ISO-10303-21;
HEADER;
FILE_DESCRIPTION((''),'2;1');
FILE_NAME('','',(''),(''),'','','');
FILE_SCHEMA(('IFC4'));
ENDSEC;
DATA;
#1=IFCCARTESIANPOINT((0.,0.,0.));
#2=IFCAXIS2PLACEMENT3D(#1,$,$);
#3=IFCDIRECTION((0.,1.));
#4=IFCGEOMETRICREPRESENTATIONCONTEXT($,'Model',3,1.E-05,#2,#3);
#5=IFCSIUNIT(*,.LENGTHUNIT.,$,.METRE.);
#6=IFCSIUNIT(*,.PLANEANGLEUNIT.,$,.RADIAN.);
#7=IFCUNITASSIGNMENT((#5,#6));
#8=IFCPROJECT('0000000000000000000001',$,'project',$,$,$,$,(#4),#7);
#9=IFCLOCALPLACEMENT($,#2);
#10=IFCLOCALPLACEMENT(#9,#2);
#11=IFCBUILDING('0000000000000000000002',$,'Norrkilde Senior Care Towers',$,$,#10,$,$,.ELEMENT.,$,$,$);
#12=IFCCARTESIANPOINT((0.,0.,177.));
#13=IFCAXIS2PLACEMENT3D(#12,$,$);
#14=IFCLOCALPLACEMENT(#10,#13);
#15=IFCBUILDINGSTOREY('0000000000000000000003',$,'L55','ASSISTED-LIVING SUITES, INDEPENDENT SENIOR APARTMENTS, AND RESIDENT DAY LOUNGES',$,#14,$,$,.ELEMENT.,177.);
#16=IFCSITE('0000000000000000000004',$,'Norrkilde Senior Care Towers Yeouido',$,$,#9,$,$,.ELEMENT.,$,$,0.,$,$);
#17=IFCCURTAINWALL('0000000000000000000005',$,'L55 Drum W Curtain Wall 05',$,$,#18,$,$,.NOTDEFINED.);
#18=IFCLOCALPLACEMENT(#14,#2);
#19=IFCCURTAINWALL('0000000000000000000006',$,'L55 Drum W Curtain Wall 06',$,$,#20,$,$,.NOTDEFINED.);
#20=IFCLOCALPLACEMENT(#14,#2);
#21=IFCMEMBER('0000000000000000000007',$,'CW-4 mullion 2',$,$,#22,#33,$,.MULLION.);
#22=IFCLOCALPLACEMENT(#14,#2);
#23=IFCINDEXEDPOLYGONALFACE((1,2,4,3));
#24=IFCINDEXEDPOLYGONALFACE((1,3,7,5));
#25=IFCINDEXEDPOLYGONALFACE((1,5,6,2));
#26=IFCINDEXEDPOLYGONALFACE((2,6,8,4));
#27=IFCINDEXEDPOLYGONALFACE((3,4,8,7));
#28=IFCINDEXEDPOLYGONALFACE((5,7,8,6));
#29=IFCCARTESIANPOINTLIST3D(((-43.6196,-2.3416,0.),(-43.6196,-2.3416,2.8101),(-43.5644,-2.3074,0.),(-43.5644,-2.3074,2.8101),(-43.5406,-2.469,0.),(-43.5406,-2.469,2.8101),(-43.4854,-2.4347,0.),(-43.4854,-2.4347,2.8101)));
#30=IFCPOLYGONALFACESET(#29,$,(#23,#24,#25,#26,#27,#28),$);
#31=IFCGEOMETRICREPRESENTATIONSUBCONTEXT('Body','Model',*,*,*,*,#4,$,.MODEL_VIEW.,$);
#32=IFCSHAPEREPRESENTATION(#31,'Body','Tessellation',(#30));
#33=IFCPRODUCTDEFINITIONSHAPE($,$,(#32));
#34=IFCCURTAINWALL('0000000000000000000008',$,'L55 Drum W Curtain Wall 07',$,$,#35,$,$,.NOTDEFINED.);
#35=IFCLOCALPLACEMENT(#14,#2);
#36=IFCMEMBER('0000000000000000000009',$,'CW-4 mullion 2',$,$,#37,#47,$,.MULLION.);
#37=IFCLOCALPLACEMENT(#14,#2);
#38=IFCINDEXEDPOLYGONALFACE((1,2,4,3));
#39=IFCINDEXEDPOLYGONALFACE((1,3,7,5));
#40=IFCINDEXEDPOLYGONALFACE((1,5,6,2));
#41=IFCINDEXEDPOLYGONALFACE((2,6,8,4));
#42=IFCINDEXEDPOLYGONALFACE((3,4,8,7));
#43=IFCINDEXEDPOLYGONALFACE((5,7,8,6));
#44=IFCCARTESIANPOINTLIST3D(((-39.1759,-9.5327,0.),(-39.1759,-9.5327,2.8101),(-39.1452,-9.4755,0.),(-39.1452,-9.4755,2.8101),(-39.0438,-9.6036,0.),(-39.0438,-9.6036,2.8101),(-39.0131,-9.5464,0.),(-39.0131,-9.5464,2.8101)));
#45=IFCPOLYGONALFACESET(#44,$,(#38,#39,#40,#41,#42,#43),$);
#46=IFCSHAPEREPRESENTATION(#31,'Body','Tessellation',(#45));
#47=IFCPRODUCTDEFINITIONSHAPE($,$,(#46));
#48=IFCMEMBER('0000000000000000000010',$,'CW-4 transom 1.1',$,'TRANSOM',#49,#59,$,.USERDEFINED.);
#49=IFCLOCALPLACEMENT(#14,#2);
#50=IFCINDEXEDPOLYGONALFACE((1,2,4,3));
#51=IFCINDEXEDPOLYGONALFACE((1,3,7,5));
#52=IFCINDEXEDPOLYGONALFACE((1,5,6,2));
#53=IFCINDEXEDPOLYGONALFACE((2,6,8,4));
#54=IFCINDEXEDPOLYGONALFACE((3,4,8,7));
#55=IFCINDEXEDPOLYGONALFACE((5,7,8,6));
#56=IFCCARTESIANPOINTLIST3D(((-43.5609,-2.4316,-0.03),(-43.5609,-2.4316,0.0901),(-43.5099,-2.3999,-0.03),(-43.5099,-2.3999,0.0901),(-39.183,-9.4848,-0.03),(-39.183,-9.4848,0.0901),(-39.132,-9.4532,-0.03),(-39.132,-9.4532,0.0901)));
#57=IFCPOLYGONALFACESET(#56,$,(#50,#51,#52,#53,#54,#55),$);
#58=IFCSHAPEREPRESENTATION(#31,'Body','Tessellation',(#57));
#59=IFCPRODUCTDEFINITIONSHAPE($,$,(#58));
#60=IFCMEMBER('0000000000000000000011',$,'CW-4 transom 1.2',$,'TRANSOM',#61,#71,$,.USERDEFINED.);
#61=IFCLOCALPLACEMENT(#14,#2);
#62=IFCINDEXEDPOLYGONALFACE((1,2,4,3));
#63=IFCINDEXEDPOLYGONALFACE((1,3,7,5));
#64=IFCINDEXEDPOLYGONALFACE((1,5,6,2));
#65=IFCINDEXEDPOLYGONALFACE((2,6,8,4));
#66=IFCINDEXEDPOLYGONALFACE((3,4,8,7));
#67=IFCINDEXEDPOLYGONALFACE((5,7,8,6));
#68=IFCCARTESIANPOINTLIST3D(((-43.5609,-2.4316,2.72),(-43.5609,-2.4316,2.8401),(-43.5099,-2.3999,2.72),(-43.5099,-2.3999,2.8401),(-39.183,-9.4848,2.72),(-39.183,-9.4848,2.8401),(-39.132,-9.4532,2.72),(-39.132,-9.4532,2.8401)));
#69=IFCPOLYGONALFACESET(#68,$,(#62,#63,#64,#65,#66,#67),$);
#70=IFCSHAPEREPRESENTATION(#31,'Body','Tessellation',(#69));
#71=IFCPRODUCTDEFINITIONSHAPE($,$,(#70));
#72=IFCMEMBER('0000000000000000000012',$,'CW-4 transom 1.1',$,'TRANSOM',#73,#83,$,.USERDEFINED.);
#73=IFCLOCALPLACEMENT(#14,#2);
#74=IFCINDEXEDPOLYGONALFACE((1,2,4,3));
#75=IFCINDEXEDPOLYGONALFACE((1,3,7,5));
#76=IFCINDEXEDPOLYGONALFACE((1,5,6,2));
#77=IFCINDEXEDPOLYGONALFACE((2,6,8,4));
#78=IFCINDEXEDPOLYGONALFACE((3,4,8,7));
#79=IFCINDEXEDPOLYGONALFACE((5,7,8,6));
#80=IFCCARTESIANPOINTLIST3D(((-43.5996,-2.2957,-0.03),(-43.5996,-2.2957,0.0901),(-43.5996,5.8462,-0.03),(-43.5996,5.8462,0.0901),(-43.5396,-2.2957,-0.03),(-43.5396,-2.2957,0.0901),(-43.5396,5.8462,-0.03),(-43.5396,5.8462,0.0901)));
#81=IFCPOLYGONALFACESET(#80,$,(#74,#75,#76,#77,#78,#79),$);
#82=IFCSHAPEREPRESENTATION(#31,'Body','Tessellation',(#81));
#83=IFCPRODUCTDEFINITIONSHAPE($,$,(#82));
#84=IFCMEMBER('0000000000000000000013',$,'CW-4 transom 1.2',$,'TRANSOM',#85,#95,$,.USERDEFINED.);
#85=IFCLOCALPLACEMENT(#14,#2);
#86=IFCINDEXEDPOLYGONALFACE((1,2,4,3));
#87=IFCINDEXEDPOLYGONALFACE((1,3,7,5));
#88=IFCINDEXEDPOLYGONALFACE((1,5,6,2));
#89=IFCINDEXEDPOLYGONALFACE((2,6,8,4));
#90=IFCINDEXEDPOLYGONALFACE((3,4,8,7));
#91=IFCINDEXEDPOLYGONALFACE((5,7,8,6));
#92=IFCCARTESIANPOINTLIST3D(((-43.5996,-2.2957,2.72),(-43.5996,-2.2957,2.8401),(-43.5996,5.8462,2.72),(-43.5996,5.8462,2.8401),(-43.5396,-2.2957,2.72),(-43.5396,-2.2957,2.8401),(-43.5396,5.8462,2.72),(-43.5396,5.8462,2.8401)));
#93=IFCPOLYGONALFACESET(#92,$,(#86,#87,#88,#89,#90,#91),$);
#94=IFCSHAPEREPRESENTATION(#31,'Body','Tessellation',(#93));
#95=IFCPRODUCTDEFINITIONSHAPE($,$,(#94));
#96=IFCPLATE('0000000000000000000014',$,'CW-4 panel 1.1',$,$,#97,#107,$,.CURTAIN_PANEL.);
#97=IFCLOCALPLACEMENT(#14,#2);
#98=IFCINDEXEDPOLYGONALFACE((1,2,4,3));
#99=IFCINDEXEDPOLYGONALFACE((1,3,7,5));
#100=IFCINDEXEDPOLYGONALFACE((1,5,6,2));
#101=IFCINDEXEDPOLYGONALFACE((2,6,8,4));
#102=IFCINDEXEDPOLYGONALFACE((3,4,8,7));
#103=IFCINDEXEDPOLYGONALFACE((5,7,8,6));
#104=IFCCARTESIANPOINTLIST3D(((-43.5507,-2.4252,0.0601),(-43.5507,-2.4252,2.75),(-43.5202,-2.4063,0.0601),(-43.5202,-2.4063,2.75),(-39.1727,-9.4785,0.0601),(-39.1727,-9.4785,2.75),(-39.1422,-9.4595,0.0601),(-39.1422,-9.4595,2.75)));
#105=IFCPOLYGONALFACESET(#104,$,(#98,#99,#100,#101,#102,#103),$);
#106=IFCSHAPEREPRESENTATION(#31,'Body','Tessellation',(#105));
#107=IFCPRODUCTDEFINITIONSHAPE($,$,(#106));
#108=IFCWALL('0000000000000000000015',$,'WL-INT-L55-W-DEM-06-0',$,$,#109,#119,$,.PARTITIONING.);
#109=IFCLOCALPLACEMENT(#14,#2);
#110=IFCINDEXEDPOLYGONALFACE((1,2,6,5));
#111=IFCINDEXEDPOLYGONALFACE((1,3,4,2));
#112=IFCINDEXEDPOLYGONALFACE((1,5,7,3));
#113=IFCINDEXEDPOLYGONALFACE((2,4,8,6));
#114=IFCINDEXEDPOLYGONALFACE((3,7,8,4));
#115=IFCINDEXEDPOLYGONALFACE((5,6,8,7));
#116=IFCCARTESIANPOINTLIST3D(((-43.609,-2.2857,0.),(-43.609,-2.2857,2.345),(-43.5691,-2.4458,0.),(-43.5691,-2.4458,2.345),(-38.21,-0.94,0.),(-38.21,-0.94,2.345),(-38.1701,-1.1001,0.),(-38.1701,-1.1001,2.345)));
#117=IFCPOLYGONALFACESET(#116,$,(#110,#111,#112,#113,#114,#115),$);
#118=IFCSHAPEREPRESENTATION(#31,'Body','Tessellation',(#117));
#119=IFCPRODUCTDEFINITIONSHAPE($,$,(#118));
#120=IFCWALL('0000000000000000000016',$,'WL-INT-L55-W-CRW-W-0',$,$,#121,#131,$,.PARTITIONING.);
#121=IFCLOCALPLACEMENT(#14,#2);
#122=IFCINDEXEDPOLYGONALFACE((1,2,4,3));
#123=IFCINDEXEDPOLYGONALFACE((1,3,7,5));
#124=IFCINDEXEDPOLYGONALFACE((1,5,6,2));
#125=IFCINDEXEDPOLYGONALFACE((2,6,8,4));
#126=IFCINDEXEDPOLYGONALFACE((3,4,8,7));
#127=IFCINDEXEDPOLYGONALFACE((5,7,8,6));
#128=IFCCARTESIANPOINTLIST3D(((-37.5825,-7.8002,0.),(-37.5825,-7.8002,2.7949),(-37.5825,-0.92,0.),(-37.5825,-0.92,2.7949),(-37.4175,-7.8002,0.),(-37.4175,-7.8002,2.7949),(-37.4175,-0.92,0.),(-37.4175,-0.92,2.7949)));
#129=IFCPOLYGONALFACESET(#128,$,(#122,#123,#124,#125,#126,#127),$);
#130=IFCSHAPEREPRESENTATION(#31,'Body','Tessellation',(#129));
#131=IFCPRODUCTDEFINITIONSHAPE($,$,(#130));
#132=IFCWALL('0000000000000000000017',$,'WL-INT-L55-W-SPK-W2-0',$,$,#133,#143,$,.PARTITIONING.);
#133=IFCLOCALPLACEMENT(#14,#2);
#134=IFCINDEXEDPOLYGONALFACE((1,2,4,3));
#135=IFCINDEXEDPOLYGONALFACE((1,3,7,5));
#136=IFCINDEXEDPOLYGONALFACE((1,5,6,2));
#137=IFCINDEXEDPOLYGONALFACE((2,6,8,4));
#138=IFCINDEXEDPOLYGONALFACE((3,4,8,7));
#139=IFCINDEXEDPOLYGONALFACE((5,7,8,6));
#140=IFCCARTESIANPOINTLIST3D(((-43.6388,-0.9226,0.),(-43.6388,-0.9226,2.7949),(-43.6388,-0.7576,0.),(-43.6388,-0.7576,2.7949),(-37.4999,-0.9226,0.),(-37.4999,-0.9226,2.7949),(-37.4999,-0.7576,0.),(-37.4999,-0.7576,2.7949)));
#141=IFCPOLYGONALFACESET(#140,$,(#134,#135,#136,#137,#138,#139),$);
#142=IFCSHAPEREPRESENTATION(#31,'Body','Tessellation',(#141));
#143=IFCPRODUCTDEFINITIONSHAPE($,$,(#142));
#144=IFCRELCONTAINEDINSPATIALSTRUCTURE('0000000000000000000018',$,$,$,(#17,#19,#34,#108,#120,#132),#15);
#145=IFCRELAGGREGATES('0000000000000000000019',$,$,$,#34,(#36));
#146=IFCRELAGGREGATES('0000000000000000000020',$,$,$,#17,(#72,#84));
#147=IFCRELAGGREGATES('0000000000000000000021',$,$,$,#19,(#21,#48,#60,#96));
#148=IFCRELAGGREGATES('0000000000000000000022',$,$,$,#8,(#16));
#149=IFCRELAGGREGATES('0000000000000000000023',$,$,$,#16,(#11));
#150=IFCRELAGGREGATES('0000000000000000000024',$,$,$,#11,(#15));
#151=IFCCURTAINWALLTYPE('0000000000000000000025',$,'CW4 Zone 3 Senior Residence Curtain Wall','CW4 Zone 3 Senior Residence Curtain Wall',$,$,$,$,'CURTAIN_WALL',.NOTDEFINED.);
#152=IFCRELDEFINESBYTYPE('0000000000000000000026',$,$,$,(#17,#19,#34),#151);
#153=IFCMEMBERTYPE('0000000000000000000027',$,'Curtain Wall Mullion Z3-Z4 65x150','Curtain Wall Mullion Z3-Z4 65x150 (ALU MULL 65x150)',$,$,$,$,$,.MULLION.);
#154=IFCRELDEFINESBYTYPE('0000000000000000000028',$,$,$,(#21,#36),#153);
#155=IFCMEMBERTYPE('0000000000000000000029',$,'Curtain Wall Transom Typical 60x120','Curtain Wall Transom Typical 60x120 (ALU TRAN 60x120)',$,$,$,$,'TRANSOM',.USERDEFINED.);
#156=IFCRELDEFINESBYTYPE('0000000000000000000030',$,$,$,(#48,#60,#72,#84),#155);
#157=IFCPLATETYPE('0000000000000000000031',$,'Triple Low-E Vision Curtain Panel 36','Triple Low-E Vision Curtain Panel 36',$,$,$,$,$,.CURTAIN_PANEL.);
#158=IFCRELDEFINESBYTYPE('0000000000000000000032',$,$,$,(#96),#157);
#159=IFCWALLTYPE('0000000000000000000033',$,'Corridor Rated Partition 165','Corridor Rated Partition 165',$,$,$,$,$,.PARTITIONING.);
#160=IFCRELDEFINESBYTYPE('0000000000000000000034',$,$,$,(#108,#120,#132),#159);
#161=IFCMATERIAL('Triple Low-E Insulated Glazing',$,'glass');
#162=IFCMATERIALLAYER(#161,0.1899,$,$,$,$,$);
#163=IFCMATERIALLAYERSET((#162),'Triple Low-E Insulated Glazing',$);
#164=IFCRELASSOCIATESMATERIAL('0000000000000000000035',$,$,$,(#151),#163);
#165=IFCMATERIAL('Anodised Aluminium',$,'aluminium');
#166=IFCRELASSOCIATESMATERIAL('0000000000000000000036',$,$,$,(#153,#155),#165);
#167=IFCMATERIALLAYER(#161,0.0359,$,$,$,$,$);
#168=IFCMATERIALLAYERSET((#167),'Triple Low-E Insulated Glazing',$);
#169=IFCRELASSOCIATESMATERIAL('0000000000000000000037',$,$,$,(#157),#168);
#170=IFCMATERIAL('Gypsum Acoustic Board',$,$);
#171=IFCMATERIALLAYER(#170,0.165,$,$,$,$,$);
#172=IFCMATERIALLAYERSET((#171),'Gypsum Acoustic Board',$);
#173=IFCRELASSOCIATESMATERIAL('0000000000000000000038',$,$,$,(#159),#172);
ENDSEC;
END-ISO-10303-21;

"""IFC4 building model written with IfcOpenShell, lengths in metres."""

from ifc_helpers import new_model, si_unit, direction, frame, frame_2d, origin, origin_2d, place, context, subcontext, project, spatial, rectangle, extrude, source, transform, mapped, material, layer, layer_set, material_profile, profile_set, type_object, type_shapes, element, aggregate, save


model = new_model("IFC4")

# Units and contexts
model_context = context("Model", 3, precision=1e-05, world=origin(), true_north=direction((0.0, 1.0)))
body_context = subcontext(model_context, "Body", "Model", "MODEL_VIEW")
ifc_project = project(units=[si_unit("LENGTHUNIT", "METRE"), si_unit("PLANEANGLEUNIT", "RADIAN")], contexts=[model_context])

# Site, building, storey
site_placement = place(None, origin())
site = spatial("IfcSite", under=ifc_project, at=site_placement, Name="Norrkilde Senior Care Towers Yeouido", CompositionType="ELEMENT", RefElevation=0.0)
building_placement = place(site_placement, origin())
building = spatial("IfcBuilding", under=site, at=building_placement, Name="Norrkilde Senior Care Towers", CompositionType="ELEMENT")
storey_placement = place(building_placement, frame((0.0, 0.0, 177.0)))
storey = spatial("IfcBuildingStorey", under=building, at=storey_placement, Name="L55", Description="ASSISTED-LIVING SUITES, INDEPENDENT SENIOR APARTMENTS, AND RESIDENT DAY LOUNGES", CompositionType="ELEMENT", Elevation=177.0)

# Curtain wall
ifc_material_1 = material(Name="Triple Low-E Insulated Glazing", Category="glass")
ifc_layer_1 = layer(ifc_material_1, 0.1899)
ifc_layer_set_1 = layer_set([ifc_layer_1], Name="Triple Low-E Insulated Glazing")
curtain_wall_type = type_object("IfcCurtainWallType", Name="CW4 Zone 3 Senior Residence Curtain Wall", Description="CW4 Zone 3 Senior Residence Curtain Wall", ElementType="CURTAIN_WALL", PredefinedType="NOTDEFINED", material=ifc_layer_set_1)
curtain_wall_1_placement = place(storey_placement, origin())
curtain_wall_1 = element("IfcCurtainWall", 1, at=curtain_wall_1_placement, inside=storey, type_object=curtain_wall_type, Name="L55 Drum W Curtain Wall 05", PredefinedType="NOTDEFINED")
ifc_material_2 = material(Name="Anodised Aluminium", Category="aluminium")
ifc_material_profile_1 = material_profile(ifc_material_2, rectangle(XDim=0.0649, YDim=0.1499, at=origin_2d()), Name="ALU MULL 65x150")
ifc_profile_set_1 = profile_set([ifc_material_profile_1], Name="Anodised Aluminium")
member_type_1 = type_object("IfcMemberType", Name="Curtain Wall Mullion Z3-Z4 65x150", Description="Curtain Wall Mullion Z3-Z4 65x150 (ALU MULL 65x150)", PredefinedType="MULLION", material=ifc_profile_set_1)
shared_shape_1 = source(origin(), body_context, "Body", "SweptSolid", [
    extrude(rectangle(XDim=0.0649, YDim=0.1499, at=origin_2d()), origin(), (0.0, 0.0, 1.0), 2.8101),
])
type_shapes(member_type_1, [shared_shape_1])

# Curtain wall, member
curtain_wall_2_placement = place(storey_placement, origin())
curtain_wall_2 = element("IfcCurtainWall", 2, at=curtain_wall_2_placement, inside=storey, type_object=curtain_wall_type, Name="L55 Drum W Curtain Wall 06", PredefinedType="NOTDEFINED")
member_1_placement = place(storey_placement, frame((-43.5525, -2.3882, 0.0), z_axis=(0.0, 0.0, 1.0), x_axis=(-0.849634, -0.527373, 0.0)))
member_1 = element("IfcMember", 3, at=member_1_placement, type_object=member_type_1, Name="CW-4 mullion 2", PredefinedType="MULLION", context=body_context, shape_type="MappedRepresentation", body=[
    mapped(shared_shape_1, transform((0.0, 0.0, 0.0), x_axis=(1.0, 0.0, 0.0), y_axis=(0.0, 1.0, 0.0), z_axis=(0.0, 0.0, 1.0), scale=1.0)),
])

# Curtain wall, member
curtain_wall_3_placement = place(storey_placement, origin())
curtain_wall_3 = element("IfcCurtainWall", 4, at=curtain_wall_3_placement, inside=storey, type_object=curtain_wall_type, Name="L55 Drum W Curtain Wall 07", PredefinedType="NOTDEFINED")
member_2_placement = place(storey_placement, frame((-39.0945, -9.5396, 0.0), z_axis=(0.0, 0.0, 1.0), x_axis=(-0.473117, -0.881, 0.0)))
member_2 = element("IfcMember", 5, at=member_2_placement, type_object=member_type_1, Name="CW-4 mullion 2", PredefinedType="MULLION", context=body_context, shape_type="MappedRepresentation", body=[
    mapped(shared_shape_1, transform((0.0, 0.0, 0.0), x_axis=(1.0, 0.0, 0.0), y_axis=(0.0, 1.0, 0.0), z_axis=(0.0, 0.0, 1.0), scale=1.0)),
])
aggregate(curtain_wall_3, [member_2])

# Members
ifc_material_profile_2 = material_profile(ifc_material_2, rectangle(XDim=0.0601, YDim=0.1201, at=origin_2d()), Name="ALU TRAN 60x120")
ifc_profile_set_2 = profile_set([ifc_material_profile_2], Name="Anodised Aluminium")
member_type_2 = type_object("IfcMemberType", Name="Curtain Wall Transom Typical 60x120", Description="Curtain Wall Transom Typical 60x120 (ALU TRAN 60x120)", ElementType="TRANSOM", PredefinedType="USERDEFINED", material=ifc_profile_set_2)
shared_shape_2 = source(origin(), body_context, "Body", "SweptSolid", [
    extrude(rectangle(XDim=0.0601, YDim=0.1201, at=origin_2d()), origin(), (0.0, 0.0, 1.0), 8.3015),
])
member_3_placement = place(storey_placement, frame((-39.1575, -9.469, 0.03), z_axis=(-0.527369, 0.849637, 0.0), x_axis=(-0.849637, -0.527369, 0.0)))
member_3 = element("IfcMember", 6, at=member_3_placement, type_object=member_type_2, Name="CW-4 transom 1.1", ObjectType="TRANSOM", PredefinedType="USERDEFINED", context=body_context, shape_type="MappedRepresentation", body=[
    mapped(shared_shape_2, transform((0.0, 0.0, 0.0), x_axis=(1.0, 0.0, 0.0), y_axis=(0.0, 1.0, 0.0), z_axis=(0.0, 0.0, 1.0), scale=1.0)),
])
member_4_placement = place(storey_placement, frame((-39.1575, -9.469, 2.78), z_axis=(-0.527369, 0.849637, 0.0), x_axis=(-0.849637, -0.527369, 0.0)))
member_4 = element("IfcMember", 7, at=member_4_placement, type_object=member_type_2, Name="CW-4 transom 1.2", ObjectType="TRANSOM", PredefinedType="USERDEFINED", context=body_context, shape_type="MappedRepresentation", body=[
    mapped(shared_shape_2, transform((0.0, 0.0, 0.0), x_axis=(1.0, 0.0, 0.0), y_axis=(0.0, 1.0, 0.0), z_axis=(0.0, 0.0, 1.0), scale=1.0)),
])
shared_shape_3 = source(origin(), body_context, "Body", "SweptSolid", [
    extrude(rectangle(XDim=0.0601, YDim=0.1201, at=origin_2d()), origin(), (0.0, 0.0, 1.0), 8.1418),
])
type_shapes(member_type_2, [shared_shape_2, shared_shape_3])
member_5_placement = place(storey_placement, frame((-43.5696, -2.2957, 0.03), z_axis=(0.0, 1.0, 0.0), x_axis=(-1.0, 0.0, 0.0)))
member_5 = element("IfcMember", 8, at=member_5_placement, type_object=member_type_2, Name="CW-4 transom 1.1", ObjectType="TRANSOM", PredefinedType="USERDEFINED", context=body_context, shape_type="MappedRepresentation", body=[
    mapped(shared_shape_3, transform((0.0, 0.0, 0.0), x_axis=(1.0, 0.0, 0.0), y_axis=(0.0, 1.0, 0.0), z_axis=(0.0, 0.0, 1.0), scale=1.0)),
])
member_6_placement = place(storey_placement, frame((-43.5696, -2.2957, 2.78), z_axis=(0.0, 1.0, 0.0), x_axis=(-1.0, 0.0, 0.0)))
member_6 = element("IfcMember", 9, at=member_6_placement, type_object=member_type_2, Name="CW-4 transom 1.2", ObjectType="TRANSOM", PredefinedType="USERDEFINED", context=body_context, shape_type="MappedRepresentation", body=[
    mapped(shared_shape_3, transform((0.0, 0.0, 0.0), x_axis=(1.0, 0.0, 0.0), y_axis=(0.0, 1.0, 0.0), z_axis=(0.0, 0.0, 1.0), scale=1.0)),
])
aggregate(curtain_wall_1, [member_5, member_6])

# Plate
ifc_layer_2 = layer(ifc_material_1, 0.0359)
ifc_layer_set_2 = layer_set([ifc_layer_2], Name="Triple Low-E Insulated Glazing")
plate_type = type_object("IfcPlateType", Name="Triple Low-E Vision Curtain Panel 36", Description="Triple Low-E Vision Curtain Panel 36", PredefinedType="CURTAIN_PANEL", material=ifc_layer_set_2)
shared_shape_4 = source(origin(), body_context, "Body", "SweptSolid", [
    extrude(rectangle(XDim=8.3015, YDim=0.0359, at=origin_2d()), origin(), (0.0, 0.0, 1.0), 2.6899),
])
type_shapes(plate_type, [shared_shape_4])
plate_placement = place(storey_placement, frame((-41.3464, -5.9424, 0.0601), z_axis=(0.0, 0.0, 1.0), x_axis=(-0.527373, 0.849634, 0.0)))
plate = element("IfcPlate", 10, at=plate_placement, type_object=plate_type, Name="CW-4 panel 1.1", PredefinedType="CURTAIN_PANEL", context=body_context, shape_type="MappedRepresentation", body=[
    mapped(shared_shape_4, transform((0.0, 0.0, 0.0), x_axis=(1.0, 0.0, 0.0), y_axis=(0.0, 1.0, 0.0), z_axis=(0.0, 0.0, 1.0), scale=1.0)),
])
aggregate(curtain_wall_2, [member_1, member_3, member_4, plate])

# Walls
ifc_material_3 = material(Name="Gypsum Acoustic Board")
ifc_layer_3 = layer(ifc_material_3, 0.165)
ifc_layer_set_3 = layer_set([ifc_layer_3], Name="Gypsum Acoustic Board")
wall_type_1 = type_object("IfcWallType", Name="Corridor Rated Partition 165", Description="Corridor Rated Partition 165", PredefinedType="PARTITIONING", material=ifc_layer_set_3)
shared_shape_5 = source(origin(), body_context, "Body", "SweptSolid", [
    extrude(rectangle(XDim=5.5642, YDim=0.165, at=frame_2d((2.7822, 0.0))), origin(), (0.0, 0.0, 1.0), 2.345),
])
wall_1_placement = place(storey_placement, frame((-38.1899, -1.02, 0.0), z_axis=(0.0, 0.0, 1.0), x_axis=(-0.970313, -0.241854, 0.0)))
element("IfcWall", 11, at=wall_1_placement, inside=storey, type_object=wall_type_1, Name="WL-INT-L55-W-DEM-06-0", PredefinedType="PARTITIONING", context=body_context, shape_type="MappedRepresentation", body=[
    mapped(shared_shape_5, transform((0.0, 0.0, 0.0), x_axis=(1.0, 0.0, 0.0), y_axis=(0.0, 1.0, 0.0), z_axis=(0.0, 0.0, 1.0), scale=1.0)),
])
shared_shape_6 = source(origin(), body_context, "Body", "SweptSolid", [
    extrude(rectangle(XDim=6.8801, YDim=0.165, at=frame_2d((3.4399, 0.0))), origin(), (0.0, 0.0, 1.0), 2.7949),
])
wall_2_placement = place(storey_placement, frame((-37.5, -7.8, 0.0), z_axis=(0.0, 0.0, 1.0), x_axis=(0.0, 1.0, 0.0)))
element("IfcWall", 12, at=wall_2_placement, inside=storey, type_object=wall_type_1, Name="WL-INT-L55-W-CRW-W-0", PredefinedType="PARTITIONING", context=body_context, shape_type="MappedRepresentation", body=[
    mapped(shared_shape_6, transform((0.0, 0.0, 0.0), x_axis=(1.0, 0.0, 0.0), y_axis=(0.0, 1.0, 0.0), z_axis=(0.0, 0.0, 1.0), scale=1.0)),
])
shared_shape_7 = source(origin(), body_context, "Body", "SweptSolid", [
    extrude(rectangle(XDim=6.1389, YDim=0.165, at=frame_2d((3.0693, 0.0))), origin(), (0.0, 0.0, 1.0), 2.7949),
])
type_shapes(wall_type_1, [shared_shape_5, shared_shape_6, shared_shape_7])
wall_3_placement = place(storey_placement, frame((-37.5, -0.8401, 0.0), z_axis=(0.0, 0.0, 1.0), x_axis=(-1.0, 0.0, 0.0)))
element("IfcWall", 13, at=wall_3_placement, inside=storey, type_object=wall_type_1, Name="WL-INT-L55-W-SPK-W2-0", PredefinedType="PARTITIONING", context=body_context, shape_type="MappedRepresentation", body=[
    mapped(shared_shape_7, transform((0.0, 0.0, 0.0), x_axis=(1.0, 0.0, 0.0), y_axis=(0.0, 1.0, 0.0), z_axis=(0.0, 0.0, 1.0), scale=1.0)),
])

save(model, "model.ifc")
